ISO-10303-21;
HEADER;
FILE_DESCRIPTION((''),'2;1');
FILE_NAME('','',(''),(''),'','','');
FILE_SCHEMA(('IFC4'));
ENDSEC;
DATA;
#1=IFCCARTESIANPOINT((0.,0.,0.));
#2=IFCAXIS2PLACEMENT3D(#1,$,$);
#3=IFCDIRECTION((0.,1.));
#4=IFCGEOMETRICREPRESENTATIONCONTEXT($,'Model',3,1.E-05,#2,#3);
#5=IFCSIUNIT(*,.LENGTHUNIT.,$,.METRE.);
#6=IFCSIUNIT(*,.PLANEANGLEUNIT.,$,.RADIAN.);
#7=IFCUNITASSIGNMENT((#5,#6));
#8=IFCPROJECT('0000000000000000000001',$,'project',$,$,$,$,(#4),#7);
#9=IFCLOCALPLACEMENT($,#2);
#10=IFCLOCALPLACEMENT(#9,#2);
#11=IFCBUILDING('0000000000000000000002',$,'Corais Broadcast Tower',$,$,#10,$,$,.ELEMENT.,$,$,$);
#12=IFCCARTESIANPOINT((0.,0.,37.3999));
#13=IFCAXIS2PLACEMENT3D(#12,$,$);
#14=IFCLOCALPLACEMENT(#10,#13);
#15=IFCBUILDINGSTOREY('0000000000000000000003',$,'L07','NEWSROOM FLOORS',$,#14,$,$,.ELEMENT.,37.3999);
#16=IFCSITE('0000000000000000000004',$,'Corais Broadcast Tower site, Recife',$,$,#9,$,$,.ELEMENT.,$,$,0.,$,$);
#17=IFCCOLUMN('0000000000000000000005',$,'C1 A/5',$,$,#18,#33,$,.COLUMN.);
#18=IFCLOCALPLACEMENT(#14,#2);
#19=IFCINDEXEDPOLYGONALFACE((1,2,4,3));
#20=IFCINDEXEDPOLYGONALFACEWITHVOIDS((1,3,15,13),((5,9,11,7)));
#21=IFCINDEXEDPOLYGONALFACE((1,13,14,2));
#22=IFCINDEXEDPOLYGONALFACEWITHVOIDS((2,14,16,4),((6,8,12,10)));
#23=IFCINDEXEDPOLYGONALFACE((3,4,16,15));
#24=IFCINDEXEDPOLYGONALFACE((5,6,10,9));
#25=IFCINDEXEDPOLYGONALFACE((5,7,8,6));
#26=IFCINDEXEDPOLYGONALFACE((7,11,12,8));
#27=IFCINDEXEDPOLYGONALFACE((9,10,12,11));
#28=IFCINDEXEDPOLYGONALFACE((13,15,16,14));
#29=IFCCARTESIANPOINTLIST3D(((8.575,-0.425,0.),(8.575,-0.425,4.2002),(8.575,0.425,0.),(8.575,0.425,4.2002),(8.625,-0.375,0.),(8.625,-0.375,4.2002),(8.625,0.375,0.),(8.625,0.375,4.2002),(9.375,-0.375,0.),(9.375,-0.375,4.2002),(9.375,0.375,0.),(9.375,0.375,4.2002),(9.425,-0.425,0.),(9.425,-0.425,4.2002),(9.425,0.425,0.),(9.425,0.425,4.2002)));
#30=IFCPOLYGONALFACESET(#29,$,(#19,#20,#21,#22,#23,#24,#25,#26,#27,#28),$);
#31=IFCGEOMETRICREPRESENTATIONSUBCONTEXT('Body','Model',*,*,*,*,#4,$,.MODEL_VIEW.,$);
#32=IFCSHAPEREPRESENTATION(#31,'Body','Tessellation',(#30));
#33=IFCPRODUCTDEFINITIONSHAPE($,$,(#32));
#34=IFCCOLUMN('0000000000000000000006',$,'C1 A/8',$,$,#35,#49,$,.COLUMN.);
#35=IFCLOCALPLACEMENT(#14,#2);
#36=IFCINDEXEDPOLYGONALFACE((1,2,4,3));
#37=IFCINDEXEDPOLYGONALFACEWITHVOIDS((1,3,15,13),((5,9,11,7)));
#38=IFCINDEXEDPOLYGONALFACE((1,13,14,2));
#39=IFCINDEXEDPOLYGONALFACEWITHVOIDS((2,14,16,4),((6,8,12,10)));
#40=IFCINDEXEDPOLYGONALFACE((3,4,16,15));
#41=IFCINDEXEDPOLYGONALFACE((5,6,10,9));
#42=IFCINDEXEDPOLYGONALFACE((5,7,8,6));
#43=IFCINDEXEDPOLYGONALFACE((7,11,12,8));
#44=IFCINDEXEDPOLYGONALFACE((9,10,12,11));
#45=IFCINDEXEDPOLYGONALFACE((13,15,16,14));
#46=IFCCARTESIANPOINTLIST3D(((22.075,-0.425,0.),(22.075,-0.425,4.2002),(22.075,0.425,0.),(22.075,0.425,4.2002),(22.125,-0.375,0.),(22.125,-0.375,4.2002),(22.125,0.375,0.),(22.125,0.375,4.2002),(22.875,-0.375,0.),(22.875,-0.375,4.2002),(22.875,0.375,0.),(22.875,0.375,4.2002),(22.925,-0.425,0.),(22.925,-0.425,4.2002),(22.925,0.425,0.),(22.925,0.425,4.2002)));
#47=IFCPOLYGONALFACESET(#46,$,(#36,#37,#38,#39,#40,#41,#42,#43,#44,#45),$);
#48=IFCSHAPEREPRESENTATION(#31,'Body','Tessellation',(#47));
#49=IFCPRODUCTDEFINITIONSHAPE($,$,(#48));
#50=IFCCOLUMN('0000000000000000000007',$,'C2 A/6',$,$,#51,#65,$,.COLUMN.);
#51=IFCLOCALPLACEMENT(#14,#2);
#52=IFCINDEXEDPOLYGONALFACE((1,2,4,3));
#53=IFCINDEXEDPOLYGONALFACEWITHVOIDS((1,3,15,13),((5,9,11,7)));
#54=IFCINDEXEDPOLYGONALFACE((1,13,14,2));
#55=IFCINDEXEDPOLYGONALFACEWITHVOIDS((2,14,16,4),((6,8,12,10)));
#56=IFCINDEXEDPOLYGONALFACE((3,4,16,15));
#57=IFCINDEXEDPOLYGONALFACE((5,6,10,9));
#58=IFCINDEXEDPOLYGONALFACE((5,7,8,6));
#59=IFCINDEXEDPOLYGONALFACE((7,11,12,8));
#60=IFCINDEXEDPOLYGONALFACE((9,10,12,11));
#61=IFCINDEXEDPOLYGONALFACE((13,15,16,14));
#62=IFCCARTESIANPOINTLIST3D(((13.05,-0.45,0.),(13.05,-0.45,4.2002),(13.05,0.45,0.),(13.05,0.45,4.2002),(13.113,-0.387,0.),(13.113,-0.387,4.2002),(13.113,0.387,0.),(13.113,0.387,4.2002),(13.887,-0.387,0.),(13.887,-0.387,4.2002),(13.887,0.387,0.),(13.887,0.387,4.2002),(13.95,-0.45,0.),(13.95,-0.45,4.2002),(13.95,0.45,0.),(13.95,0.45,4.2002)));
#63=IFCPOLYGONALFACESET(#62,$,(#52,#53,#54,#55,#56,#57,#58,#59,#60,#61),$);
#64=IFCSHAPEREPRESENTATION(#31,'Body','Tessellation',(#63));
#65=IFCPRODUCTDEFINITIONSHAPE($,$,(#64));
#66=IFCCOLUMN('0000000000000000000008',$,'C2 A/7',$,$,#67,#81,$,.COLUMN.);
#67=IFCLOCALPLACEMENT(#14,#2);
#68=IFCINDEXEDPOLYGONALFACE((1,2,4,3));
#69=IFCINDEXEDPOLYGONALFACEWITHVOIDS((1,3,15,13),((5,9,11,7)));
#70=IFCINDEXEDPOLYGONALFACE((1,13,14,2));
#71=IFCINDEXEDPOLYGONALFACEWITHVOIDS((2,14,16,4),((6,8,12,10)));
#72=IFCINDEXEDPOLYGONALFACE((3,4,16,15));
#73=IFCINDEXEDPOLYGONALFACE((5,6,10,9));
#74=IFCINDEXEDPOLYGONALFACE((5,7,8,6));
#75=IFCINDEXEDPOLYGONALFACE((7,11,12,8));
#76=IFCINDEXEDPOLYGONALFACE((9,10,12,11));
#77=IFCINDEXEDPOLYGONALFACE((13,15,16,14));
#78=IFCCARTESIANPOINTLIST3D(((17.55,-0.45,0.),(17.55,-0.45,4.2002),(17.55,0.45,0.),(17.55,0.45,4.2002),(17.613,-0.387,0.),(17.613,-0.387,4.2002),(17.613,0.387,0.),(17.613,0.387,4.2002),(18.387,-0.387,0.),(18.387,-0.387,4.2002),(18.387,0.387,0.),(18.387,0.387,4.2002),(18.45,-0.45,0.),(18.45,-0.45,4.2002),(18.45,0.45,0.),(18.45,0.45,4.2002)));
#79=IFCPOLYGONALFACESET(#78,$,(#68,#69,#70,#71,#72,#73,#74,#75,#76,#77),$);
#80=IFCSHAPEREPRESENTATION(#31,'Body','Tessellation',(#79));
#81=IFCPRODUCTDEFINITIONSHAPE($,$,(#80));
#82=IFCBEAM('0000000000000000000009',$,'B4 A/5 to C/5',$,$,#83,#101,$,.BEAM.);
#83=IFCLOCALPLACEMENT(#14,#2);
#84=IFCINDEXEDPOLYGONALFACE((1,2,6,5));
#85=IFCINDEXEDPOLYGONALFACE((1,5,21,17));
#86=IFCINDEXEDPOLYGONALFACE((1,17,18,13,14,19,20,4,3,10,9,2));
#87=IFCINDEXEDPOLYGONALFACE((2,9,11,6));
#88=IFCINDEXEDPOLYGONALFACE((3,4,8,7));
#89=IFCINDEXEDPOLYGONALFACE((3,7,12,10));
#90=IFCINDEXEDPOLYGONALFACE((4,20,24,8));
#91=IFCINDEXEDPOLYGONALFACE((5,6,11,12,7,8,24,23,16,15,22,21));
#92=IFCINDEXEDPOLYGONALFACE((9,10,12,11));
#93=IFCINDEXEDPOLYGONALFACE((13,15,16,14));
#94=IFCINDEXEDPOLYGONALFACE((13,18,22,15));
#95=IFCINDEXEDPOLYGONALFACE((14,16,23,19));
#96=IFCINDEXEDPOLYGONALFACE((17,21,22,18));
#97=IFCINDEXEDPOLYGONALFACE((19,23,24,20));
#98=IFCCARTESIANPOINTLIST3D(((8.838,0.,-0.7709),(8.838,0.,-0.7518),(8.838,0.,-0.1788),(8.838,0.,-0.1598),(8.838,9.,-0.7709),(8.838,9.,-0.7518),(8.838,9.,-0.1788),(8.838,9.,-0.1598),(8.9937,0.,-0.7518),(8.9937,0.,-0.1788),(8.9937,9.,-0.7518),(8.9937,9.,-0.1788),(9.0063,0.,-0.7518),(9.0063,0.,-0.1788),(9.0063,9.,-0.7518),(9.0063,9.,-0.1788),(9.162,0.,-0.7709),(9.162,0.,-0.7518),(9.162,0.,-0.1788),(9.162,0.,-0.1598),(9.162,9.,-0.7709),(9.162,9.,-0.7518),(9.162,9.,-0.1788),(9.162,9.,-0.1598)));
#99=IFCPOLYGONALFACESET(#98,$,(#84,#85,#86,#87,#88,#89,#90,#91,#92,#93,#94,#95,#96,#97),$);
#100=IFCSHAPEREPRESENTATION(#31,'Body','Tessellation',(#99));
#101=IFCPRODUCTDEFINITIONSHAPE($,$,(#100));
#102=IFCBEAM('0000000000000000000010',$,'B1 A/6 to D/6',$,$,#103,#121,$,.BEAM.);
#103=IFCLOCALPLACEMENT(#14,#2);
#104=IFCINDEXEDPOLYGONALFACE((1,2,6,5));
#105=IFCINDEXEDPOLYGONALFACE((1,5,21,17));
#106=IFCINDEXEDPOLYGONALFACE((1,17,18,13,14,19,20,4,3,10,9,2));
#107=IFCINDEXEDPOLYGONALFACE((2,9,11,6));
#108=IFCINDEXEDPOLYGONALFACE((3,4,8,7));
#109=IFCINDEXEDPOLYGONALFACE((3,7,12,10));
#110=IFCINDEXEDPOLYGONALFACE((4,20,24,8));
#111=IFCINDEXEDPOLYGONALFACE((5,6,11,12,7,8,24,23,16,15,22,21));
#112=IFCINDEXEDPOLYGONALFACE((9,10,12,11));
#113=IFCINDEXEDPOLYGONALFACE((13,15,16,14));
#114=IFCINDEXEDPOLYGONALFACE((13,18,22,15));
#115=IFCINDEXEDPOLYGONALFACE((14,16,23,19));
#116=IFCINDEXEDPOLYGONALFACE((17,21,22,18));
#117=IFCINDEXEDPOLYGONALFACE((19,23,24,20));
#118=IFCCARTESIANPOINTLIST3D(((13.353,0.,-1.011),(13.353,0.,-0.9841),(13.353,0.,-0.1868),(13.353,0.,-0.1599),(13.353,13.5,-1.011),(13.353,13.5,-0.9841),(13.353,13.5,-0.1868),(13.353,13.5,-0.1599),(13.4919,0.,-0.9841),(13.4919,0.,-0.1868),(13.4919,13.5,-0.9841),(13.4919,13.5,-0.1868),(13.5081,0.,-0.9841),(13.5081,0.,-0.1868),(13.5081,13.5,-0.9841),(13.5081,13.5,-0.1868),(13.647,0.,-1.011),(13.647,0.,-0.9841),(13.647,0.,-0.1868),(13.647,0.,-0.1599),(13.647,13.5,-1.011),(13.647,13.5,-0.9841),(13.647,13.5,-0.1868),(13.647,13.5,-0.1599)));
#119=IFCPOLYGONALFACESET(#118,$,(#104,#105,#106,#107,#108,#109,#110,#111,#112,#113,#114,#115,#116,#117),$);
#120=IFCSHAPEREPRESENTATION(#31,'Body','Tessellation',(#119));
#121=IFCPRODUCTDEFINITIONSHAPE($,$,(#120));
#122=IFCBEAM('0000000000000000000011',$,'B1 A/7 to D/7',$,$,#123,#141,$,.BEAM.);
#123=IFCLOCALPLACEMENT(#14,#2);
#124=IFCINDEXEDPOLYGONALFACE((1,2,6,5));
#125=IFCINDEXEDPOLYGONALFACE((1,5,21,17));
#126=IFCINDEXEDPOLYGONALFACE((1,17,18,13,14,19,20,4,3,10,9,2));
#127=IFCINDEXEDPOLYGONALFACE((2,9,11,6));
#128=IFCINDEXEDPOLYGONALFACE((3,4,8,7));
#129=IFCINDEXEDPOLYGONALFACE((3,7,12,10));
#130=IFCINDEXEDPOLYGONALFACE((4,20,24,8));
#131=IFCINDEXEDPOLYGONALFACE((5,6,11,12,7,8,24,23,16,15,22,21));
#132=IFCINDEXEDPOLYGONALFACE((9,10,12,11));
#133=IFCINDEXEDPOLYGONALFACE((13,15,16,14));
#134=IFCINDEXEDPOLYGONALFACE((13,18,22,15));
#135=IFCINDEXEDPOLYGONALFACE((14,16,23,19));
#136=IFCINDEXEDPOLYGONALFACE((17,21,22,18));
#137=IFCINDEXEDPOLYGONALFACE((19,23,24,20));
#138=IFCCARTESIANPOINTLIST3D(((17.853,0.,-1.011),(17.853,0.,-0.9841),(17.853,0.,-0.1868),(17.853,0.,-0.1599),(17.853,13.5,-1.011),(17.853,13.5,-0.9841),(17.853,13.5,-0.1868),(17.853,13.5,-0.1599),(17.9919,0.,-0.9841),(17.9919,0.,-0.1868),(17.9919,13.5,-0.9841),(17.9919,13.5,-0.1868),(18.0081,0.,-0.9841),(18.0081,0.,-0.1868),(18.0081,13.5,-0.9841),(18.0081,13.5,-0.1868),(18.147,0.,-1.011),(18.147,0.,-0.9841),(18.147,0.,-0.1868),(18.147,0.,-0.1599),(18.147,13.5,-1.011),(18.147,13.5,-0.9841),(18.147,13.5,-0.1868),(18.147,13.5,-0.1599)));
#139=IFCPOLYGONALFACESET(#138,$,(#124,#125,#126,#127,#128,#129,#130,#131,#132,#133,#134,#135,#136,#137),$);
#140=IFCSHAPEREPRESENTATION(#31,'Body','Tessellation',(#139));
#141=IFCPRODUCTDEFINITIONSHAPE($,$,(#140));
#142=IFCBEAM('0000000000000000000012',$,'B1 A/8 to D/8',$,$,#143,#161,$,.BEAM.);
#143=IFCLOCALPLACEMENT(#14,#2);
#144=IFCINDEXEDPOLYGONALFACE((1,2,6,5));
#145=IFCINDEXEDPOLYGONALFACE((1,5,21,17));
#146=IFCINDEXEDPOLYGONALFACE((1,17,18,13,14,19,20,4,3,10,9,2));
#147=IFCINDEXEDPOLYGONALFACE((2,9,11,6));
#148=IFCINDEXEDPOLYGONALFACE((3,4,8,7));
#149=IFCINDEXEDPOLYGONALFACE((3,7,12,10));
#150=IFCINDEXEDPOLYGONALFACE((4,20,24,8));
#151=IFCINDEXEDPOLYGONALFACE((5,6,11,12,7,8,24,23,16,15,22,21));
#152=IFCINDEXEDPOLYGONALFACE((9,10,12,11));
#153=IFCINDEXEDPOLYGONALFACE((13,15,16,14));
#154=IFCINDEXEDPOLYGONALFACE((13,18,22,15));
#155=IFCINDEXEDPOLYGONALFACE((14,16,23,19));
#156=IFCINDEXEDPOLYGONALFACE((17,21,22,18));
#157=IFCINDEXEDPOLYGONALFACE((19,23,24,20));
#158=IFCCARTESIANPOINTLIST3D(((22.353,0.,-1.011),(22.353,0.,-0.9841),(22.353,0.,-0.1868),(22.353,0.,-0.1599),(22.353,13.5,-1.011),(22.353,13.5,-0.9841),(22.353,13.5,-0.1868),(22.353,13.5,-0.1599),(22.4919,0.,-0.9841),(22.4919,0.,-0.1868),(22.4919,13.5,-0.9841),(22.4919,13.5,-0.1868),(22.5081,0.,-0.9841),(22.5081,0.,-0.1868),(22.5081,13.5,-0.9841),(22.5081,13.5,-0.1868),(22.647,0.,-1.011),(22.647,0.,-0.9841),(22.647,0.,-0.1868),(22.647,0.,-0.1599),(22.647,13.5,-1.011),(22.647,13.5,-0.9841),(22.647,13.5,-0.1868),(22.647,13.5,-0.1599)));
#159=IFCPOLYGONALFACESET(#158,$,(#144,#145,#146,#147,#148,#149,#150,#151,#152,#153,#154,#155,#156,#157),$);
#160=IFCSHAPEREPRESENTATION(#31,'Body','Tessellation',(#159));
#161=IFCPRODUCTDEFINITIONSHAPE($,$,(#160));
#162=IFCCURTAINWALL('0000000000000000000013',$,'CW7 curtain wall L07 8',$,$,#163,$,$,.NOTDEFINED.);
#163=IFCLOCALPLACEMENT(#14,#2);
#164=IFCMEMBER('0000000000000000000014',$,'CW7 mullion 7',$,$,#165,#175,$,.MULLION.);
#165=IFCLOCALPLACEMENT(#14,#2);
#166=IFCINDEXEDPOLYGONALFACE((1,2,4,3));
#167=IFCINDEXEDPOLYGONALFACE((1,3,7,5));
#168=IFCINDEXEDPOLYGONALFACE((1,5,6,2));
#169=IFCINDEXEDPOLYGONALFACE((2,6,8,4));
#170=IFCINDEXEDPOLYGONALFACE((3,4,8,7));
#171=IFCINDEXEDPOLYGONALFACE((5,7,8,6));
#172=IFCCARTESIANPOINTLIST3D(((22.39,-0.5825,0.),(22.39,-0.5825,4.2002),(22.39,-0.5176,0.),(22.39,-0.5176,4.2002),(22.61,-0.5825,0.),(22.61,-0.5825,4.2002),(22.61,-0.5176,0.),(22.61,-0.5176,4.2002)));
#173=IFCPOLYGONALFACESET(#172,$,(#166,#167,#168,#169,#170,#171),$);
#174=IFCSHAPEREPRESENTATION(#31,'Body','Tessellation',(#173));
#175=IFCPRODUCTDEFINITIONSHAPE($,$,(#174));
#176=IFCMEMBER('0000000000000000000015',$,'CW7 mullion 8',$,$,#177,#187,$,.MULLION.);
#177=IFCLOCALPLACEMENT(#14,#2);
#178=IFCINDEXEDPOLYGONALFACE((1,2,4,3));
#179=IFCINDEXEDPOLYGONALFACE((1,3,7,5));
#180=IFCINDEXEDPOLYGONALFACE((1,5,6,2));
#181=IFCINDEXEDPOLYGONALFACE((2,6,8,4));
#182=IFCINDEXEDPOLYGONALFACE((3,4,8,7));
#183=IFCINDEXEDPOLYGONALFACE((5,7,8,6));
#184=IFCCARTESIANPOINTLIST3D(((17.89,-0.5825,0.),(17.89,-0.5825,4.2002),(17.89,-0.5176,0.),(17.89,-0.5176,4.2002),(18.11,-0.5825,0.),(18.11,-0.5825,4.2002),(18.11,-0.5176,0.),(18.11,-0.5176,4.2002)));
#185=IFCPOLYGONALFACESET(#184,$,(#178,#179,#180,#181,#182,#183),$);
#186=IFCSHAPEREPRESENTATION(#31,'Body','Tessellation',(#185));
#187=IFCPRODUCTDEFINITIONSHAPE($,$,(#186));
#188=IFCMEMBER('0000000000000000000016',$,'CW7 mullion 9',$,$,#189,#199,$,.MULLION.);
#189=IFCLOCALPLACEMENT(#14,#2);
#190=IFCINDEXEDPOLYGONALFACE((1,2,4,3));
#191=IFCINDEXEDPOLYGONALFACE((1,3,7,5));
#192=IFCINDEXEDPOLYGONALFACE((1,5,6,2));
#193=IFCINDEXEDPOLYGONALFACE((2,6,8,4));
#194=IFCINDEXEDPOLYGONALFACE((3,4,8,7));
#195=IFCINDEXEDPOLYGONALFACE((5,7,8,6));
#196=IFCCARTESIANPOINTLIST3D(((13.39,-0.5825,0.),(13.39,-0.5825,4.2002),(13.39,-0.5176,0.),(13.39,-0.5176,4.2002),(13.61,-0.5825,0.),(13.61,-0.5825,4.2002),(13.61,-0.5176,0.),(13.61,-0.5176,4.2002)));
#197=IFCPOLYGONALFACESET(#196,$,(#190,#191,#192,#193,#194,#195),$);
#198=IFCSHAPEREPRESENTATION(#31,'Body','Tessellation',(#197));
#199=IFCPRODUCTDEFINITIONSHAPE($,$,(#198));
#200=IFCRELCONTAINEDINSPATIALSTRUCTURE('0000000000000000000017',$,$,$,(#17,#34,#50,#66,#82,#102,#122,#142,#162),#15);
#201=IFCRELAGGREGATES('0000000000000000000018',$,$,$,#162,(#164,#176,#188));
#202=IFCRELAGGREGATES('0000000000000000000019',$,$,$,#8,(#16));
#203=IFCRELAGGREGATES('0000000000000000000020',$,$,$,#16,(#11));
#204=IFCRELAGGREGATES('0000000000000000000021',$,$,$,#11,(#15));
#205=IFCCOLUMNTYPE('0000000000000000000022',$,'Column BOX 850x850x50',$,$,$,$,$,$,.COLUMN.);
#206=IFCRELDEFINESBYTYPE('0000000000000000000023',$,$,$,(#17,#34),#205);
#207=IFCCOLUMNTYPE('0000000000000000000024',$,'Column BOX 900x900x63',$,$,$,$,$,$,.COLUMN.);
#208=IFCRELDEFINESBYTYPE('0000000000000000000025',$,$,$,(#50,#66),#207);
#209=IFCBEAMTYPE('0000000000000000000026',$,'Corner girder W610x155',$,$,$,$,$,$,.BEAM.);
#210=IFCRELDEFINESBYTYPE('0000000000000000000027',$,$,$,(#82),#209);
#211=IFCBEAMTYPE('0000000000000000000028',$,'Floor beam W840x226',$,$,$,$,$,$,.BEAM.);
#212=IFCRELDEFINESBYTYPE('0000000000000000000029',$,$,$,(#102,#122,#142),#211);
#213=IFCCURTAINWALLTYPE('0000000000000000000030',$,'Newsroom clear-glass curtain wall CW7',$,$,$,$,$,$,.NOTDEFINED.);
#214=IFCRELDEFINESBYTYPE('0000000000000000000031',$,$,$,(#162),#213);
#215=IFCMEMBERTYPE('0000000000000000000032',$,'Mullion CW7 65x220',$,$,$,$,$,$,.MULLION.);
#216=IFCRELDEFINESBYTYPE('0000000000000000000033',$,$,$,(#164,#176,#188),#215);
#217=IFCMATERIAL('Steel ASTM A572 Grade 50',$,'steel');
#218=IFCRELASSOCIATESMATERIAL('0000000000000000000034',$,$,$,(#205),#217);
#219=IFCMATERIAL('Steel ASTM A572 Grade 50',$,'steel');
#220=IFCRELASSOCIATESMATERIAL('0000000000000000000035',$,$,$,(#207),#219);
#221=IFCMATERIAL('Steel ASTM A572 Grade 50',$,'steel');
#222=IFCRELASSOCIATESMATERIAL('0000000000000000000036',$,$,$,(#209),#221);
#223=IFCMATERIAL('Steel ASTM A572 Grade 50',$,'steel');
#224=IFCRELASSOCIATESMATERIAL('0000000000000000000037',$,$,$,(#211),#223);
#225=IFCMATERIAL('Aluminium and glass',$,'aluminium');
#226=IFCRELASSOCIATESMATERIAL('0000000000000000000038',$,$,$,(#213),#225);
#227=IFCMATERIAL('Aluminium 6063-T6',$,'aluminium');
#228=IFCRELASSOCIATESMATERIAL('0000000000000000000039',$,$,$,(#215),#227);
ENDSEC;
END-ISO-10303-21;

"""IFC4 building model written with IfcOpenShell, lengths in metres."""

from ifc_helpers import new_model, si_unit, direction, frame, origin, origin_2d, place, context, subcontext, project, spatial, rectangle, hollow_rectangle, i_section, extrude, material, material_profile, profile_set, type_object, element, aggregate, save


model = new_model("IFC4")

# Units and contexts
model_context = context("Model", 3, precision=1e-05, world=origin(), true_north=direction((0.0, 1.0)))
body_context = subcontext(model_context, "Body", "Model", "MODEL_VIEW")
ifc_project = project(units=[si_unit("LENGTHUNIT", "METRE"), si_unit("PLANEANGLEUNIT", "RADIAN")], contexts=[model_context])

# Site, building, storey
site_placement = place(None, origin())
site = spatial("IfcSite", under=ifc_project, at=site_placement, Name="Corais Broadcast Tower site, Recife", CompositionType="ELEMENT", RefElevation=0.0)
building_placement = place(site_placement, origin())
building = spatial("IfcBuilding", under=site, at=building_placement, Name="Corais Broadcast Tower", CompositionType="ELEMENT")
storey_placement = place(building_placement, frame((0.0, 0.0, 37.3999)))
storey = spatial("IfcBuildingStorey", under=building, at=storey_placement, Name="L07", Description="NEWSROOM FLOORS", CompositionType="ELEMENT", Elevation=37.3999)

# Columns
ifc_material_1 = material(Name="Steel ASTM A572 Grade 50", Category="steel")
ifc_material_profile_1 = material_profile(ifc_material_1, hollow_rectangle(XDim=0.8501, YDim=0.8501, WallThickness=0.05, at=origin_2d()), Name="BOX 850x850x50")
ifc_profile_set_1 = profile_set([ifc_material_profile_1], Name="Steel ASTM A572 Grade 50")
column_type_1 = type_object("IfcColumnType", Name="Column BOX 850x850x50", PredefinedType="COLUMN", material=ifc_profile_set_1)
for number, where, z_axis, x_axis, name in (
    (1, (9.0, 0.0, 0.0), (0.0, 0.0, 1.0), (1.0, 0.0, 0.0), "C1 A/5"),
    (2, (22.5, 0.0, 0.0), (0.0, 0.0, 1.0), (1.0, 0.0, 0.0), "C1 A/8"),
):
    element("IfcColumn", number, at=place(storey_placement, frame(where, z_axis=z_axis, x_axis=x_axis)), inside=storey, type_object=column_type_1, Name=name, PredefinedType="COLUMN", context=body_context, shape_type="SweptSolid", body=[
        extrude(hollow_rectangle(XDim=0.8501, YDim=0.8501, WallThickness=0.05, at=origin_2d()), origin(), (0.0, 0.0, 1.0), 4.2002),
    ])
ifc_material_2 = material(Name="Steel ASTM A572 Grade 50", Category="steel")
ifc_material_profile_2 = material_profile(ifc_material_2, hollow_rectangle(XDim=0.8999, YDim=0.8999, WallThickness=0.063, at=origin_2d()), Name="BOX 900x900x63")
ifc_profile_set_2 = profile_set([ifc_material_profile_2], Name="Steel ASTM A572 Grade 50")
column_type_2 = type_object("IfcColumnType", Name="Column BOX 900x900x63", PredefinedType="COLUMN", material=ifc_profile_set_2)
for number, where, z_axis, x_axis, name in (
    (3, (13.5, 0.0, 0.0), (0.0, 0.0, 1.0), (1.0, 0.0, 0.0), "C2 A/6"),
    (4, (18.0, 0.0, 0.0), (0.0, 0.0, 1.0), (1.0, 0.0, 0.0), "C2 A/7"),
):
    element("IfcColumn", number, at=place(storey_placement, frame(where, z_axis=z_axis, x_axis=x_axis)), inside=storey, type_object=column_type_2, Name=name, PredefinedType="COLUMN", context=body_context, shape_type="SweptSolid", body=[
        extrude(hollow_rectangle(XDim=0.8999, YDim=0.8999, WallThickness=0.063, at=origin_2d()), origin(), (0.0, 0.0, 1.0), 4.2002),
    ])

# Beams
ifc_material_3 = material(Name="Steel ASTM A572 Grade 50", Category="steel")
ifc_material_profile_3 = material_profile(ifc_material_3, i_section(OverallWidth=0.324, OverallDepth=0.6111, WebThickness=0.0127, FlangeThickness=0.019, at=origin_2d()), Name="W610x155")
ifc_profile_set_3 = profile_set([ifc_material_profile_3], Name="Steel ASTM A572 Grade 50")
beam_type_1 = type_object("IfcBeamType", Name="Corner girder W610x155", PredefinedType="BEAM", material=ifc_profile_set_3)
beam_1_placement = place(storey_placement, frame((9.0, 0.0, -0.4653), z_axis=(0.0, 1.0, 0.0), x_axis=(-1.0, 0.0, 0.0)))
element("IfcBeam", 5, at=beam_1_placement, inside=storey, type_object=beam_type_1, Name="B4 A/5 to C/5", PredefinedType="BEAM", context=body_context, shape_type="SweptSolid", body=[
    extrude(i_section(OverallWidth=0.324, OverallDepth=0.6111, WebThickness=0.0127, FlangeThickness=0.019, at=origin_2d()), origin(), (0.0, 0.0, 1.0), 9.0),
])
ifc_material_4 = material(Name="Steel ASTM A572 Grade 50", Category="steel")
ifc_material_profile_4 = material_profile(ifc_material_4, i_section(OverallWidth=0.2939, OverallDepth=0.8511, WebThickness=0.0161, FlangeThickness=0.0269, at=origin_2d()), Name="W840x226")
ifc_profile_set_4 = profile_set([ifc_material_profile_4], Name="Steel ASTM A572 Grade 50")
beam_type_2 = type_object("IfcBeamType", Name="Floor beam W840x226", PredefinedType="BEAM", material=ifc_profile_set_4)
for number, where, z_axis, x_axis, name in (
    (6, (13.5, 0.0, -0.5854), (0.0, 1.0, 0.0), (-1.0, 0.0, 0.0), "B1 A/6 to D/6"),
    (7, (18.0, 0.0, -0.5854), (0.0, 1.0, 0.0), (-1.0, 0.0, 0.0), "B1 A/7 to D/7"),
    (8, (22.5, 0.0, -0.5854), (0.0, 1.0, 0.0), (-1.0, 0.0, 0.0), "B1 A/8 to D/8"),
):
    element("IfcBeam", number, at=place(storey_placement, frame(where, z_axis=z_axis, x_axis=x_axis)), inside=storey, type_object=beam_type_2, Name=name, PredefinedType="BEAM", context=body_context, shape_type="SweptSolid", body=[
        extrude(i_section(OverallWidth=0.2939, OverallDepth=0.8511, WebThickness=0.0161, FlangeThickness=0.0269, at=origin_2d()), origin(), (0.0, 0.0, 1.0), 13.5),
    ])

# Curtain wall, members
ifc_material_5 = material(Name="Aluminium and glass", Category="aluminium")
curtain_wall_type = type_object("IfcCurtainWallType", Name="Newsroom clear-glass curtain wall CW7", PredefinedType="NOTDEFINED", material=ifc_material_5)
curtain_wall_placement = place(storey_placement, origin())
curtain_wall = element("IfcCurtainWall", 9, at=curtain_wall_placement, inside=storey, type_object=curtain_wall_type, Name="CW7 curtain wall L07 8", PredefinedType="NOTDEFINED")
ifc_material_6 = material(Name="Aluminium 6063-T6", Category="aluminium")
ifc_material_profile_5 = material_profile(ifc_material_6, rectangle(XDim=0.0649, YDim=0.22, at=origin_2d()), Name="Mullion CW7 65x220")
ifc_profile_set_5 = profile_set([ifc_material_profile_5], Name="Aluminium 6063-T6")
member_type_1 = type_object("IfcMemberType", Name="Mullion CW7 65x220", PredefinedType="MULLION", material=ifc_profile_set_5)
member_1_placement = place(storey_placement, frame((22.5, -0.55, 0.0), z_axis=(0.0, 0.0, 1.0), x_axis=(0.0, -1.0, 0.0)))
member_1 = element("IfcMember", 10, at=member_1_placement, type_object=member_type_1, Name="CW7 mullion 7", PredefinedType="MULLION", context=body_context, shape_type="SweptSolid", body=[
    extrude(rectangle(XDim=0.0649, YDim=0.22, at=origin_2d()), origin(), (0.0, 0.0, 1.0), 4.2002),
])
member_2_placement = place(storey_placement, frame((18.0, -0.55, 0.0), z_axis=(0.0, 0.0, 1.0), x_axis=(0.0, -1.0, 0.0)))
member_2 = element("IfcMember", 11, at=member_2_placement, type_object=member_type_1, Name="CW7 mullion 8", PredefinedType="MULLION", context=body_context, shape_type="SweptSolid", body=[
    extrude(rectangle(XDim=0.0649, YDim=0.22, at=origin_2d()), origin(), (0.0, 0.0, 1.0), 4.2002),
])
member_3_placement = place(storey_placement, frame((13.5, -0.55, 0.0), z_axis=(0.0, 0.0, 1.0), x_axis=(0.0, -1.0, 0.0)))
member_3 = element("IfcMember", 12, at=member_3_placement, type_object=member_type_1, Name="CW7 mullion 9", PredefinedType="MULLION", context=body_context, shape_type="SweptSolid", body=[
    extrude(rectangle(XDim=0.0649, YDim=0.22, at=origin_2d()), origin(), (0.0, 0.0, 1.0), 4.2002),
])

aggregate(curtain_wall, [member_1, member_2, member_3])

save(model, "model.ifc")
